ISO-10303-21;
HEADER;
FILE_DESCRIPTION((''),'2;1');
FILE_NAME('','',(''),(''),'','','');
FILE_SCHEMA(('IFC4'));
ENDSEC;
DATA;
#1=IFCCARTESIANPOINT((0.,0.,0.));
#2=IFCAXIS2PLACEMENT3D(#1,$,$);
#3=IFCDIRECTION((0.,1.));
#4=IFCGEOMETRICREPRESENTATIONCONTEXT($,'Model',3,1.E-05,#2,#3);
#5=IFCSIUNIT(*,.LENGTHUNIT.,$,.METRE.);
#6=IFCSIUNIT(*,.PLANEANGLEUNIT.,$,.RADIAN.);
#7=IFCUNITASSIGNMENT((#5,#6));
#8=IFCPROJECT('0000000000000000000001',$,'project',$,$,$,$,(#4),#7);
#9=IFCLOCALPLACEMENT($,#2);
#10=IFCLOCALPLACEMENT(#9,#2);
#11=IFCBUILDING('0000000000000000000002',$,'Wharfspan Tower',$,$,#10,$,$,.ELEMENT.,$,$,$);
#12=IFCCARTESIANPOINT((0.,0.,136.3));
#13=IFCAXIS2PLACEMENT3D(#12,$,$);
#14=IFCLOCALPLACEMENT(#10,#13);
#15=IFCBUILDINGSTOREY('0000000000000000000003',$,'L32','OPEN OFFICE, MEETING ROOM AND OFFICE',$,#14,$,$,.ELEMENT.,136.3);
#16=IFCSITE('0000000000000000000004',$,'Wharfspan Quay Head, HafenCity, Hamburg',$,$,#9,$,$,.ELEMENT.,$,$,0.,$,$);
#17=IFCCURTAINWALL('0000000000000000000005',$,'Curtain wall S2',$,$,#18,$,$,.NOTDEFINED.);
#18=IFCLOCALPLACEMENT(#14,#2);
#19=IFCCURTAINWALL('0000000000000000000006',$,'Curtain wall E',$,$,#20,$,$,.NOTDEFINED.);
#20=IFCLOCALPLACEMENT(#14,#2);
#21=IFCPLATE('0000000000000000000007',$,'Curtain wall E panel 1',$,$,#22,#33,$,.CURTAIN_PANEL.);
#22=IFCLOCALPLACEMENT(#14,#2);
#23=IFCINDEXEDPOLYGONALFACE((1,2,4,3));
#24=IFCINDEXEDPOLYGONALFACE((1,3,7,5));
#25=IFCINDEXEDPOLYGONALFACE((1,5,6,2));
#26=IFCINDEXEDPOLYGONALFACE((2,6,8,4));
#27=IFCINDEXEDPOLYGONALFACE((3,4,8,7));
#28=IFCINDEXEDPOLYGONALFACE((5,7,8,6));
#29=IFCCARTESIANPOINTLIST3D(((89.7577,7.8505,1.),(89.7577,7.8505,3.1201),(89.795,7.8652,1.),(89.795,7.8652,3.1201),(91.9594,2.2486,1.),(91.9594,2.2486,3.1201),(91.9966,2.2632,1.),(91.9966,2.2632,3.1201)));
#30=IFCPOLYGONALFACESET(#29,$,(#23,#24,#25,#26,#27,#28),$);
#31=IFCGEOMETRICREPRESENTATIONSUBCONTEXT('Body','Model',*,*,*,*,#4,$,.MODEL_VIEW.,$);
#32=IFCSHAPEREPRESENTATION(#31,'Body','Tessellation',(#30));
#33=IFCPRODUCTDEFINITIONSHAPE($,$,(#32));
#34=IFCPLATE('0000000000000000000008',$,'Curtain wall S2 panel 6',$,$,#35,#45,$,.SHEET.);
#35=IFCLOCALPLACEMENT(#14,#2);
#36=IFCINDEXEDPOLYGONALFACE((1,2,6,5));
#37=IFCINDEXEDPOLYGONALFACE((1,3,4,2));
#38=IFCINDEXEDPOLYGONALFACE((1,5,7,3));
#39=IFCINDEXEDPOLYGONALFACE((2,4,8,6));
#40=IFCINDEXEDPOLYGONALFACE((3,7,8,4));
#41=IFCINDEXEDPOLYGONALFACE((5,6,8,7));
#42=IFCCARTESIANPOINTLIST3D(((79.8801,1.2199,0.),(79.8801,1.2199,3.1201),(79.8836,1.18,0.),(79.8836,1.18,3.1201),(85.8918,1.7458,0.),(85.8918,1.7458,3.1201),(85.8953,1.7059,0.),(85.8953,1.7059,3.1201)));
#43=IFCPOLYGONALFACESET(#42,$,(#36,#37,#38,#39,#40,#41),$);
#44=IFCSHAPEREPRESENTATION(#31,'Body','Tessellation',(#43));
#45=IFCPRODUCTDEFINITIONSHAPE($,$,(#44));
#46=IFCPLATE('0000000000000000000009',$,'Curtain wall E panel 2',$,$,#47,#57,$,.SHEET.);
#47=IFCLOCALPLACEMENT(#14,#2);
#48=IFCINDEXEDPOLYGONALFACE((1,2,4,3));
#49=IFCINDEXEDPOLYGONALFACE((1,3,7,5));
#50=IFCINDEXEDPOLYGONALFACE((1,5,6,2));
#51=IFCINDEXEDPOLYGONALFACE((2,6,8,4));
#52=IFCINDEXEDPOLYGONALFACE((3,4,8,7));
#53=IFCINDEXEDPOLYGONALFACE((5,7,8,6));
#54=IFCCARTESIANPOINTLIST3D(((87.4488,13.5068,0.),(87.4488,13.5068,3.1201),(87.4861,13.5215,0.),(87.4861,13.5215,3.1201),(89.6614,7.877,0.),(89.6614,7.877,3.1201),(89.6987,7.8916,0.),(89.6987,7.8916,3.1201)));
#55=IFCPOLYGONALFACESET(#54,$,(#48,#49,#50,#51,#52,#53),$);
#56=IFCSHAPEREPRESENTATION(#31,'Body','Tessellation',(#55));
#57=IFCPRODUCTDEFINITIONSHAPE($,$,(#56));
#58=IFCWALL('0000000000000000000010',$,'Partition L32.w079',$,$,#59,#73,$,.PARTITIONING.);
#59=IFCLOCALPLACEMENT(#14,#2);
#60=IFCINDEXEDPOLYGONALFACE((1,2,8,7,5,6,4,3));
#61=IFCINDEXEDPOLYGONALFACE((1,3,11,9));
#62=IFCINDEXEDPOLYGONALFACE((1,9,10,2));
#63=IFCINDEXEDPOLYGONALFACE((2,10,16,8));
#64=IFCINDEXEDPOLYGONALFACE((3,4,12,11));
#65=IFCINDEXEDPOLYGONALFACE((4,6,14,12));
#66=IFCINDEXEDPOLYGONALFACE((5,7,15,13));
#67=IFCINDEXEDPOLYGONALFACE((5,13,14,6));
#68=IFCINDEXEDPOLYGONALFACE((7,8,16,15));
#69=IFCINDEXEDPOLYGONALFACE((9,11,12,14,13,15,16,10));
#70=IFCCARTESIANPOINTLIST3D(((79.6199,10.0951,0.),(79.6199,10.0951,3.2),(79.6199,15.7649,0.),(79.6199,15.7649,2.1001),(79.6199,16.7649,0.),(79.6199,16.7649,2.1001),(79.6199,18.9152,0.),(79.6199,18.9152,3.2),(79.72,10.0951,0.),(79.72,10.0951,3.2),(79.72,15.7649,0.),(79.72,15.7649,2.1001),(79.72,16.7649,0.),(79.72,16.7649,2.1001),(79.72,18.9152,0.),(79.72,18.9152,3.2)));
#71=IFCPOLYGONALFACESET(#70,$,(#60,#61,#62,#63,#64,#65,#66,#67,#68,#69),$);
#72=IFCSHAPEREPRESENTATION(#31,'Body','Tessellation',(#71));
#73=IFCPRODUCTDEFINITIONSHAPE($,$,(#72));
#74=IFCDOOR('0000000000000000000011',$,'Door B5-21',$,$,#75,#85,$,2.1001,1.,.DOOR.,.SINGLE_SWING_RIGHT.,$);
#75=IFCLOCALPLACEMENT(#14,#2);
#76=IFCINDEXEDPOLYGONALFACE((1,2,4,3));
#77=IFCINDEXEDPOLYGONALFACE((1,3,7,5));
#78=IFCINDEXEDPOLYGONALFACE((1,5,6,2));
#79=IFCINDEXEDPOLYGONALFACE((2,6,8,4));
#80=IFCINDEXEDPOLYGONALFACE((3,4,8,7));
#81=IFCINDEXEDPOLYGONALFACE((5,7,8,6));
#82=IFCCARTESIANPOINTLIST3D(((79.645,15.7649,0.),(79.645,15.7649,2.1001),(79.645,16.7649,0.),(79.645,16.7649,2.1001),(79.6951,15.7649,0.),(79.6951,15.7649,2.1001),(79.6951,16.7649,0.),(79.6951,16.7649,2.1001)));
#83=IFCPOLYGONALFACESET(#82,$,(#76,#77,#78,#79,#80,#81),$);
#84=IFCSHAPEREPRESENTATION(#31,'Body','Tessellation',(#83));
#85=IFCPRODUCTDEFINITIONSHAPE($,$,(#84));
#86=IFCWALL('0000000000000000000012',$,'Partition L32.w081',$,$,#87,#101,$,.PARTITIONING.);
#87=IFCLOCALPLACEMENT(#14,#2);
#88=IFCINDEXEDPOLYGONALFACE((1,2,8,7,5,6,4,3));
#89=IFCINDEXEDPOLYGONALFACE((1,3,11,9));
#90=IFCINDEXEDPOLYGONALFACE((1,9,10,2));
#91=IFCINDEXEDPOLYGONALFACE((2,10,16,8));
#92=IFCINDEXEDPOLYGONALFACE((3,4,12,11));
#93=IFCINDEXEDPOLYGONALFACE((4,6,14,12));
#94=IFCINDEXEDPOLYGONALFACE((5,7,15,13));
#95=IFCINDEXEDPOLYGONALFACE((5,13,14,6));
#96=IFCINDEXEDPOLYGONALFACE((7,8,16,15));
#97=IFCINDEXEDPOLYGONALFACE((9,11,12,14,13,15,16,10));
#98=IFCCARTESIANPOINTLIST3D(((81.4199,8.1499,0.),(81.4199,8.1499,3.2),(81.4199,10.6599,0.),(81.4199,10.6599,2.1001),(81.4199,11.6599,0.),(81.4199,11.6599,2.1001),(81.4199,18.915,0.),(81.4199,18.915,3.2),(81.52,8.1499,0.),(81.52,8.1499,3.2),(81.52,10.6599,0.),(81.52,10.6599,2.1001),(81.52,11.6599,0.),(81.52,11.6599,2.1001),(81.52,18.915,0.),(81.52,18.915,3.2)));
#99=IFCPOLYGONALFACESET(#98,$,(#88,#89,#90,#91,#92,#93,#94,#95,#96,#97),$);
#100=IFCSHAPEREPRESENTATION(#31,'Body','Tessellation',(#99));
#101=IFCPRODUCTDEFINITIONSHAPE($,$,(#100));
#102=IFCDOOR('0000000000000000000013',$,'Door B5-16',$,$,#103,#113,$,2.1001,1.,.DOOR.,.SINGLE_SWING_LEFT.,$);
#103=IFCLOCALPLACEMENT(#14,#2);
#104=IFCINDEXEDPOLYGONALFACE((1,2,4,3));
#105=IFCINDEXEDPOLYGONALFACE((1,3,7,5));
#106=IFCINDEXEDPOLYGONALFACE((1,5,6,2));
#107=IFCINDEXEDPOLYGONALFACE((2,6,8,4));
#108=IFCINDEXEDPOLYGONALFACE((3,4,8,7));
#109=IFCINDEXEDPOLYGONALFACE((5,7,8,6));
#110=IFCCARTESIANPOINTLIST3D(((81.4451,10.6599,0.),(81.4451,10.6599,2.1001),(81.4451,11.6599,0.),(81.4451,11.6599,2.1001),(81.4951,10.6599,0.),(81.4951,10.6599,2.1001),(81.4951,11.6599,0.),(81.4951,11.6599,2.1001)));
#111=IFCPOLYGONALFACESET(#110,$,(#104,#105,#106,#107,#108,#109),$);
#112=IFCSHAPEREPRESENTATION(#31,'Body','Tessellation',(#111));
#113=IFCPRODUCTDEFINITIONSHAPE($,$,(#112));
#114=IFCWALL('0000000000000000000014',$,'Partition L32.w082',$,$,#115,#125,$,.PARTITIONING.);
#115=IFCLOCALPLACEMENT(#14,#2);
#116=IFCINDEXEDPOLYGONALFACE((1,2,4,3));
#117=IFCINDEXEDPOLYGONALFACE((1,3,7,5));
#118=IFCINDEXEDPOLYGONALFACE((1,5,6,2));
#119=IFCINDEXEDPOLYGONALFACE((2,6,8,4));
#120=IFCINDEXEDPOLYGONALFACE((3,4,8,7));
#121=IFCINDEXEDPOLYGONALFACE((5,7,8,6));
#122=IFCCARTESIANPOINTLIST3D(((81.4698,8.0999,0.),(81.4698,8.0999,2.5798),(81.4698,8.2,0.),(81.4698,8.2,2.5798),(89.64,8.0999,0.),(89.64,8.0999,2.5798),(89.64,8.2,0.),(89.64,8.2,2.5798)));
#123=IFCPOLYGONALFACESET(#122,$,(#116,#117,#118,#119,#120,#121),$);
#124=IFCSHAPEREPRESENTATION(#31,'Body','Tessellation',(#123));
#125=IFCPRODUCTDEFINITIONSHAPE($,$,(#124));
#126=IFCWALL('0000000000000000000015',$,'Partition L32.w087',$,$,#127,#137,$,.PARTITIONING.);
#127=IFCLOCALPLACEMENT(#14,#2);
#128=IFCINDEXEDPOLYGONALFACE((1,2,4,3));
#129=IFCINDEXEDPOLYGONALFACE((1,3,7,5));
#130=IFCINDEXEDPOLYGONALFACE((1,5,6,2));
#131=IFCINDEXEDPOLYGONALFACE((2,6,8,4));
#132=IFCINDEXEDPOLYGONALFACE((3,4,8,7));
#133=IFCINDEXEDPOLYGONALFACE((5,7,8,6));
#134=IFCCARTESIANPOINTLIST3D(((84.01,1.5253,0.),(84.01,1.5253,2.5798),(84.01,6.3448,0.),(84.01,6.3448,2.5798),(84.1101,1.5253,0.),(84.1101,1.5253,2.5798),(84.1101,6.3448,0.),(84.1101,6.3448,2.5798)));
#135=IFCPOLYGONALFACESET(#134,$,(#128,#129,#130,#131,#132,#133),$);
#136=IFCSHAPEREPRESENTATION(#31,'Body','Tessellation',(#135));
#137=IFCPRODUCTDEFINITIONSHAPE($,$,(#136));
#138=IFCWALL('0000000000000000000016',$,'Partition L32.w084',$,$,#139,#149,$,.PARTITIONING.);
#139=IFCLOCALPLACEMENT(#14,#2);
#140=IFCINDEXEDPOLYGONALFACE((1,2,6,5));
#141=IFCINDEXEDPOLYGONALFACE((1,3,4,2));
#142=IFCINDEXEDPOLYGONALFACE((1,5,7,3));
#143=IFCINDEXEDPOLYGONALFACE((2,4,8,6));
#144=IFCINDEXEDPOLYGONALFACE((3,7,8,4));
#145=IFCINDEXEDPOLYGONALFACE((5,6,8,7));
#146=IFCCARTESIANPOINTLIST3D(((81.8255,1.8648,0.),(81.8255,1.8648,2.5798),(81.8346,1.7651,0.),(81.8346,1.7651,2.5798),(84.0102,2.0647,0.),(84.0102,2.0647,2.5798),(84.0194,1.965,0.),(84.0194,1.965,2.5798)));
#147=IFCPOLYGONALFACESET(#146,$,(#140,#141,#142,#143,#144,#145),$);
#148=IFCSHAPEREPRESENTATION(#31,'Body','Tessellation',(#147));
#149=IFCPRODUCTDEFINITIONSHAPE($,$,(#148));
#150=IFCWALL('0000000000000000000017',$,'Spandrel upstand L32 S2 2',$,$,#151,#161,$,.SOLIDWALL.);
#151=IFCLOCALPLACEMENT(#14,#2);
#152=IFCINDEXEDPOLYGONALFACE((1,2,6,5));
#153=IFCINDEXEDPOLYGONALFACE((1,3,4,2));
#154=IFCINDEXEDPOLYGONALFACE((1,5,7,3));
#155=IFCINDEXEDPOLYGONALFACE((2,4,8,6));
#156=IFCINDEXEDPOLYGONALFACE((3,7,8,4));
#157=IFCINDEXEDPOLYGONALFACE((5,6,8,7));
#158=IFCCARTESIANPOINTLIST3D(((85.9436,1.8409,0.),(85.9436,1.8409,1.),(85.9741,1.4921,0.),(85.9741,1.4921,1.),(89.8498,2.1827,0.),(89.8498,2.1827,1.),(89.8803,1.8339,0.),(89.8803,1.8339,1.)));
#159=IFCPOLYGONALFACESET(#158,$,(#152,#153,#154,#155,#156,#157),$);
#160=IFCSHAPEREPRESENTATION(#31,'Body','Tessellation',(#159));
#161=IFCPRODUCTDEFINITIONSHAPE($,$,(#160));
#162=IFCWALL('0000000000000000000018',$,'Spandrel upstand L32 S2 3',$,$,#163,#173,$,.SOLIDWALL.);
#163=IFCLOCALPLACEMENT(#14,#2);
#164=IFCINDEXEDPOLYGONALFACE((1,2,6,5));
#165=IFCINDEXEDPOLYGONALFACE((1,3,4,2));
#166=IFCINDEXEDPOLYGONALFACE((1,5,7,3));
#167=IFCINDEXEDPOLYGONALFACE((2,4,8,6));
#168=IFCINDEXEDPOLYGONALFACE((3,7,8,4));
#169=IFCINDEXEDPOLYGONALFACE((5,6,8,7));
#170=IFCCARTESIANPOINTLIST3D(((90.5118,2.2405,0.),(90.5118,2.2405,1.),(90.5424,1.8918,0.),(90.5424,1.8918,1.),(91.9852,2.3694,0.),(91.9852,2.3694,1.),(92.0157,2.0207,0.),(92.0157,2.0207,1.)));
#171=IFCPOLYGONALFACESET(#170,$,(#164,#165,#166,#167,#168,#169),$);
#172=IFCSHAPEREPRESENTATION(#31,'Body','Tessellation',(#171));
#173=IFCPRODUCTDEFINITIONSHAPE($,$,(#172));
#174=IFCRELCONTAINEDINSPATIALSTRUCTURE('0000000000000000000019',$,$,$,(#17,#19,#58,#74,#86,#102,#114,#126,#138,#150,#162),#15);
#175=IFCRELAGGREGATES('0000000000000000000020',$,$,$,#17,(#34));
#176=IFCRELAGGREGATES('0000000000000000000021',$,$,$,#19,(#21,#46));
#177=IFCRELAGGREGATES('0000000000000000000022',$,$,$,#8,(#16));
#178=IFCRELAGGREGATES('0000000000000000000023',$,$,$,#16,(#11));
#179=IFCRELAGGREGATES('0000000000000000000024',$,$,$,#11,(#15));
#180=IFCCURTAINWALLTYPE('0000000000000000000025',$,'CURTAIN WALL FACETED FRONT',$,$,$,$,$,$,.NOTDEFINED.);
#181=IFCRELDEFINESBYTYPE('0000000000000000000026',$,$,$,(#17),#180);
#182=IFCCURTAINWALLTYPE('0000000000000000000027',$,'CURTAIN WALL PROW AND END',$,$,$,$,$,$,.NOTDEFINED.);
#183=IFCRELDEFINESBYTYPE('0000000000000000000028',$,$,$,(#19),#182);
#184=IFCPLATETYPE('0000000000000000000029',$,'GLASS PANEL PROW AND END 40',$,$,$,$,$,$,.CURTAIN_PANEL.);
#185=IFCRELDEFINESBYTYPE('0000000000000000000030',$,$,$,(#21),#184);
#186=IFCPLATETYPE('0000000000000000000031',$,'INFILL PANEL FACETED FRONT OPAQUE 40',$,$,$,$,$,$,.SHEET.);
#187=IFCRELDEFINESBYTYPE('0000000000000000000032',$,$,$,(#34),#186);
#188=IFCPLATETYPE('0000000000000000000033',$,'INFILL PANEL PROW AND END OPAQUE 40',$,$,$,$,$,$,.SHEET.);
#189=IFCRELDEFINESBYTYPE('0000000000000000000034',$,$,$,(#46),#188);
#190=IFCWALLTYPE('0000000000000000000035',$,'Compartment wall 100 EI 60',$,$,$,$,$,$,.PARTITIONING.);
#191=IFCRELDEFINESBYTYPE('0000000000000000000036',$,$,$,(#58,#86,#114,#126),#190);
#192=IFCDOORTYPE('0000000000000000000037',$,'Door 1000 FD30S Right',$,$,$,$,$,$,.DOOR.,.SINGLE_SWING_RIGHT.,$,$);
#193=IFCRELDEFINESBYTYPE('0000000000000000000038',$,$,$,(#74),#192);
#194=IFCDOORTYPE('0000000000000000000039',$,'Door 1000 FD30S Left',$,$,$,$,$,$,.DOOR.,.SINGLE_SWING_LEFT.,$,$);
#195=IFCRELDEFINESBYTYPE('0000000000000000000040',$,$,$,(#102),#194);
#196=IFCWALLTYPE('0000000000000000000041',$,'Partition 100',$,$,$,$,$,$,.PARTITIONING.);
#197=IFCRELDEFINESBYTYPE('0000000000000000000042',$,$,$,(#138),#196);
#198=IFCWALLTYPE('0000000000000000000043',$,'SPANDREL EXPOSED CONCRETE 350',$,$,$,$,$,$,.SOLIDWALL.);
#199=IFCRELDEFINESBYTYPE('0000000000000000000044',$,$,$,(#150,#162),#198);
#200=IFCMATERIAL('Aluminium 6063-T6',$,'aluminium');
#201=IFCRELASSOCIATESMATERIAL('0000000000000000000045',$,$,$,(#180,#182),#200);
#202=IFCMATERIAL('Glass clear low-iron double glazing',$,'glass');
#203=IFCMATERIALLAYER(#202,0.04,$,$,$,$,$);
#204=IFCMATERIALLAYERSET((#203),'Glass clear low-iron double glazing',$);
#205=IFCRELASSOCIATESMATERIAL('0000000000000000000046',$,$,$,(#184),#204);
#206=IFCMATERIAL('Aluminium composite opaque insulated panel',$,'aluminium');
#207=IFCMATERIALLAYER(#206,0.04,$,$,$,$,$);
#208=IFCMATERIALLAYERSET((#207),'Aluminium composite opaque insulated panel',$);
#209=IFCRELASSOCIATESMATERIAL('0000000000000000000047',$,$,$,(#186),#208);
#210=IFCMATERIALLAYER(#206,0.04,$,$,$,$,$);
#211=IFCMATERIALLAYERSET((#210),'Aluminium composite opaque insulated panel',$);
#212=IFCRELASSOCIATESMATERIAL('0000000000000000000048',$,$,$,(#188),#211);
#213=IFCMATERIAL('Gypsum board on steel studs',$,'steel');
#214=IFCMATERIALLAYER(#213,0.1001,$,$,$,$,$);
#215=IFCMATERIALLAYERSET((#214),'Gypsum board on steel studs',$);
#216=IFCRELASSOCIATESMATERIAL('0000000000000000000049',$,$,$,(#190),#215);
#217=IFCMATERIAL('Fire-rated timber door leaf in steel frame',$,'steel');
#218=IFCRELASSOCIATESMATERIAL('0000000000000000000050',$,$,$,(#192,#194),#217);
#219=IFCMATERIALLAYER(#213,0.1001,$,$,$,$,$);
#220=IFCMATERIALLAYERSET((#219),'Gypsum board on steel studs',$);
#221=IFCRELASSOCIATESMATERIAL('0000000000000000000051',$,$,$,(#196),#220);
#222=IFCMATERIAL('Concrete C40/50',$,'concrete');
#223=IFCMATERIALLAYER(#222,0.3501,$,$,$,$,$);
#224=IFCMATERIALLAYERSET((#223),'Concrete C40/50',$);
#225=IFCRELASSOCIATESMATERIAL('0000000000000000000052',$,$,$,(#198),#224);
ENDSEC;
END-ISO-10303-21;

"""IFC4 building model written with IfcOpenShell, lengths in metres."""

from ifc_helpers import new_model, si_unit, direction, frame, frame_2d, origin, origin_2d, place, context, subcontext, project, spatial, rectangle, extrude, material, layer, layer_set, type_object, element, fill, aggregate, save


model = new_model("IFC4")

# Units and contexts
model_context = context("Model", 3, precision=1e-05, world=origin(), true_north=direction((0.0, 1.0)))
body_context = subcontext(model_context, "Body", "Model", "MODEL_VIEW")
ifc_project = project(units=[si_unit("LENGTHUNIT", "METRE"), si_unit("PLANEANGLEUNIT", "RADIAN")], contexts=[model_context])

# Site, building, storey
site_placement = place(None, origin())
site = spatial("IfcSite", under=ifc_project, at=site_placement, Name="Wharfspan Quay Head, HafenCity, Hamburg", CompositionType="ELEMENT", RefElevation=0.0)
building_placement = place(site_placement, origin())
building = spatial("IfcBuilding", under=site, at=building_placement, Name="Wharfspan Tower", CompositionType="ELEMENT")
storey_placement = place(building_placement, frame((0.0, 0.0, 136.3)))
storey = spatial("IfcBuildingStorey", under=building, at=storey_placement, Name="L32", Description="OPEN OFFICE, MEETING ROOM AND OFFICE", CompositionType="ELEMENT", Elevation=136.3)

# Curtain walls
ifc_material_1 = material(Name="Aluminium 6063-T6", Category="aluminium")
curtain_wall_type_1 = type_object("IfcCurtainWallType", Name="CURTAIN WALL FACETED FRONT", PredefinedType="NOTDEFINED", material=ifc_material_1)
curtain_wall_1_placement = place(storey_placement, origin())
curtain_wall_1 = element("IfcCurtainWall", 1, at=curtain_wall_1_placement, inside=storey, type_object=curtain_wall_type_1, Name="Curtain wall S2", PredefinedType="NOTDEFINED")
curtain_wall_type_2 = type_object("IfcCurtainWallType", Name="CURTAIN WALL PROW AND END", PredefinedType="NOTDEFINED", material=ifc_material_1)
curtain_wall_2_placement = place(storey_placement, origin())
curtain_wall_2 = element("IfcCurtainWall", 2, at=curtain_wall_2_placement, inside=storey, type_object=curtain_wall_type_2, Name="Curtain wall E", PredefinedType="NOTDEFINED")

# Plates
ifc_material_2 = material(Name="Glass clear low-iron double glazing", Category="glass")
ifc_layer_1 = layer(ifc_material_2, 0.04)
ifc_layer_set_1 = layer_set([ifc_layer_1], Name="Glass clear low-iron double glazing")
plate_type_1 = type_object("IfcPlateType", Name="GLASS PANEL PROW AND END 40", PredefinedType="CURTAIN_PANEL", material=ifc_layer_set_1)
plate_1_placement = place(storey_placement, frame((90.8772, 5.0569, 1.0), z_axis=(0.0, 0.0, 1.0), x_axis=(-0.365778, 0.930702, 0.0)))
plate_1 = element("IfcPlate", 3, at=plate_1_placement, type_object=plate_type_1, Name="Curtain wall E panel 1", PredefinedType="CURTAIN_PANEL", context=body_context, shape_type="SweptSolid", body=[
    extrude(rectangle(XDim=6.019, YDim=0.04, at=origin_2d()), origin(), (0.0, 0.0, 1.0), 2.1201),
])
ifc_material_3 = material(Name="Aluminium composite opaque insulated panel", Category="aluminium")
ifc_layer_2 = layer(ifc_material_3, 0.04)
ifc_layer_set_2 = layer_set([ifc_layer_2], Name="Aluminium composite opaque insulated panel")
plate_type_2 = type_object("IfcPlateType", Name="INFILL PANEL FACETED FRONT OPAQUE 40", PredefinedType="SHEET", material=ifc_layer_set_2)
plate_2_placement = place(storey_placement, frame((82.8877, 1.4629, 0.0), z_axis=(0.0, 0.0, 1.0), x_axis=(0.996198, 0.087156, 0.0)))
plate_2 = element("IfcPlate", 4, at=plate_2_placement, type_object=plate_type_2, Name="Curtain wall S2 panel 6", PredefinedType="SHEET", context=body_context, shape_type="SweptSolid", body=[
    extrude(rectangle(XDim=6.0347, YDim=0.04, at=origin_2d()), origin(), (0.0, 0.0, 1.0), 3.1201),
])
aggregate(curtain_wall_1, [plate_2])
ifc_layer_3 = layer(ifc_material_3, 0.04)
ifc_layer_set_3 = layer_set([ifc_layer_3], Name="Aluminium composite opaque insulated panel")
plate_type_3 = type_object("IfcPlateType", Name="INFILL PANEL PROW AND END OPAQUE 40", PredefinedType="SHEET", material=ifc_layer_set_3)
plate_3_placement = place(storey_placement, frame((88.5737, 10.6992, 0.0), z_axis=(0.0, 0.0, 1.0), x_axis=(-0.365778, 0.930702, 0.0)))
plate_3 = element("IfcPlate", 5, at=plate_3_placement, type_object=plate_type_3, Name="Curtain wall E panel 2", PredefinedType="SHEET", context=body_context, shape_type="SweptSolid", body=[
    extrude(rectangle(XDim=6.0491, YDim=0.04, at=origin_2d()), origin(), (0.0, 0.0, 1.0), 3.1201),
])
aggregate(curtain_wall_2, [plate_1, plate_3])

# Walls, openings, doors
ifc_material_4 = material(Name="Gypsum board on steel studs", Category="steel")
ifc_layer_4 = layer(ifc_material_4, 0.1001)
ifc_layer_set_4 = layer_set([ifc_layer_4], Name="Gypsum board on steel studs")
wall_type_1 = type_object("IfcWallType", Name="Compartment wall 100 EI 60", PredefinedType="PARTITIONING", material=ifc_layer_set_4)
wall_1_placement = place(storey_placement, frame((79.6699, 10.095, 0.0), z_axis=(0.0, 0.0, 1.0), x_axis=(0.0, 1.0, 0.0)))
wall_1 = element("IfcWall", 6, at=wall_1_placement, inside=storey, type_object=wall_type_1, Name="Partition L32.w079", PredefinedType="PARTITIONING", context=body_context, shape_type="SweptSolid", body=[
    extrude(rectangle(XDim=8.8201, YDim=0.1001, at=frame_2d((4.4102, 0.0))), origin(), (0.0, 0.0, 1.0), 3.2),
])
opening_1_placement = place(wall_1_placement, frame((5.6699, 0.0, 0.0)))
opening_1 = element("IfcOpeningElement", 7, at=opening_1_placement, cuts=wall_1, PredefinedType="OPENING", context=body_context, shape_type="SweptSolid", body=[
    extrude(rectangle(XDim=1.0, YDim=2.1001, at=frame_2d((0.5, 1.05))), frame((0.0, 0.0601, 0.0), z_axis=(0.0, -1.0, 0.0), x_axis=(1.0, 0.0, 0.0)), (0.0, 0.0, 1.0), 0.1201),
])
ifc_material_5 = material(Name="Fire-rated timber door leaf in steel frame", Category="steel")
door_type_1 = type_object("IfcDoorType", Name="Door 1000 FD30S Right", OperationType="SINGLE_SWING_RIGHT", PredefinedType="DOOR", material=ifc_material_5)
door_1_placement = place(opening_1_placement, origin())
door_1 = element("IfcDoor", 8, at=door_1_placement, inside=storey, type_object=door_type_1, Name="Door B5-21", OperationType="SINGLE_SWING_RIGHT", OverallHeight=2.1001, OverallWidth=1.0, PredefinedType="DOOR", context=body_context, shape_type="SweptSolid", body=[
    extrude(rectangle(XDim=1.0, YDim=2.1001, at=frame_2d((0.5, 1.05))), frame((0.0, 0.0249, 0.0), z_axis=(0.0, -1.0, 0.0), x_axis=(1.0, 0.0, 0.0)), (0.0, 0.0, 1.0), 0.05),
])
fill(opening_1, door_1)
wall_2_placement = place(storey_placement, frame((81.47, 8.1499, 0.0), z_axis=(0.0, 0.0, 1.0), x_axis=(0.0, 1.0, 0.0)))
wall_2 = element("IfcWall", 9, at=wall_2_placement, inside=storey, type_object=wall_type_1, Name="Partition L32.w081", PredefinedType="PARTITIONING", context=body_context, shape_type="SweptSolid", body=[
    extrude(rectangle(XDim=10.7651, YDim=0.1001, at=frame_2d((5.3826, 0.0))), origin(), (0.0, 0.0, 1.0), 3.2),
])
opening_2_placement = place(wall_2_placement, frame((2.51, 0.0, 0.0)))
opening_2 = element("IfcOpeningElement", 10, at=opening_2_placement, cuts=wall_2, PredefinedType="OPENING", context=body_context, shape_type="SweptSolid", body=[
    extrude(rectangle(XDim=1.0, YDim=2.1001, at=frame_2d((0.5, 1.05))), frame((0.0, 0.0601, 0.0), z_axis=(0.0, -1.0, 0.0), x_axis=(1.0, 0.0, 0.0)), (0.0, 0.0, 1.0), 0.1201),
])
door_type_2 = type_object("IfcDoorType", Name="Door 1000 FD30S Left", OperationType="SINGLE_SWING_LEFT", PredefinedType="DOOR", material=ifc_material_5)
door_2_placement = place(opening_2_placement, origin())
door_2 = element("IfcDoor", 11, at=door_2_placement, inside=storey, type_object=door_type_2, Name="Door B5-16", OperationType="SINGLE_SWING_LEFT", OverallHeight=2.1001, OverallWidth=1.0, PredefinedType="DOOR", context=body_context, shape_type="SweptSolid", body=[
    extrude(rectangle(XDim=1.0, YDim=2.1001, at=frame_2d((0.5, 1.05))), frame((0.0, 0.0249, 0.0), z_axis=(0.0, -1.0, 0.0), x_axis=(1.0, 0.0, 0.0)), (0.0, 0.0, 1.0), 0.05),
])
fill(opening_2, door_2)

# Walls
wall_3_placement = place(storey_placement, frame((81.47, 8.1499, 0.0), z_axis=(0.0, 0.0, 1.0), x_axis=(1.0, 0.0, 0.0)))
element("IfcWall", 12, at=wall_3_placement, inside=storey, type_object=wall_type_1, Name="Partition L32.w082", PredefinedType="PARTITIONING", context=body_context, shape_type="SweptSolid", body=[
    extrude(rectangle(XDim=8.1702, YDim=0.1001, at=frame_2d((4.085, 0.0))), origin(), (0.0, 0.0, 1.0), 2.5798),
])
wall_4_placement = place(storey_placement, frame((84.0601, 1.5254, 0.0), z_axis=(0.0, 0.0, 1.0), x_axis=(0.0, 1.0, 0.0)))
element("IfcWall", 13, at=wall_4_placement, inside=storey, type_object=wall_type_1, Name="Partition L32.w087", PredefinedType="PARTITIONING", context=body_context, shape_type="SweptSolid", body=[
    extrude(rectangle(XDim=4.8196, YDim=0.1001, at=frame_2d((2.4097, 0.0))), origin(), (0.0, 0.0, 1.0), 2.5798),
])
ifc_layer_5 = layer(ifc_material_4, 0.1001)
ifc_layer_set_5 = layer_set([ifc_layer_5], Name="Gypsum board on steel studs")
wall_type_2 = type_object("IfcWallType", Name="Partition 100", PredefinedType="PARTITIONING", material=ifc_layer_set_5)
wall_5_placement = place(storey_placement, frame((81.8301, 1.8149, 0.0), z_axis=(0.0, 0.0, 1.0), x_axis=(0.995841, 0.091138, 0.0)))
element("IfcWall", 14, at=wall_5_placement, inside=storey, type_object=wall_type_2, Name="Partition L32.w084", PredefinedType="PARTITIONING", context=body_context, shape_type="SweptSolid", body=[
    extrude(rectangle(XDim=2.1938, YDim=0.1001, at=frame_2d((1.0969, 0.0))), origin(), (0.0, 0.0, 1.0), 2.5798),
])
ifc_material_6 = material(Name="Concrete C40/50", Category="concrete")
ifc_layer_6 = layer(ifc_material_6, 0.3501)
ifc_layer_set_6 = layer_set([ifc_layer_6], Name="Concrete C40/50")
wall_type_3 = type_object("IfcWallType", Name="SPANDREL EXPOSED CONCRETE 350", PredefinedType="SOLIDWALL", material=ifc_layer_set_6)
wall_6_placement = place(storey_placement, frame((85.959, 1.6665, 0.0), z_axis=(0.0, 0.0, 1.0), x_axis=(0.996194, 0.087167, 0.0)))
element("IfcWall", 15, at=wall_6_placement, inside=storey, type_object=wall_type_3, Name="Spandrel upstand L32 S2 2", PredefinedType="SOLIDWALL", context=body_context, shape_type="SweptSolid", body=[
    extrude(rectangle(XDim=3.9211, YDim=0.3501, at=frame_2d((1.9604, 0.0))), origin(), (0.0, 0.0, 1.0), 1.0),
])
wall_7_placement = place(storey_placement, frame((90.5271, 2.0662, 0.0), z_axis=(0.0, 0.0, 1.0), x_axis=(0.996198, 0.087157, 0.0)))
element("IfcWall", 16, at=wall_7_placement, inside=storey, type_object=wall_type_3, Name="Spandrel upstand L32 S2 3", PredefinedType="SOLIDWALL", context=body_context, shape_type="SweptSolid", body=[
    extrude(rectangle(XDim=1.479, YDim=0.3501, at=frame_2d((0.7395, 0.0))), origin(), (0.0, 0.0, 1.0), 1.0),
])

save(model, "model.ifc")
